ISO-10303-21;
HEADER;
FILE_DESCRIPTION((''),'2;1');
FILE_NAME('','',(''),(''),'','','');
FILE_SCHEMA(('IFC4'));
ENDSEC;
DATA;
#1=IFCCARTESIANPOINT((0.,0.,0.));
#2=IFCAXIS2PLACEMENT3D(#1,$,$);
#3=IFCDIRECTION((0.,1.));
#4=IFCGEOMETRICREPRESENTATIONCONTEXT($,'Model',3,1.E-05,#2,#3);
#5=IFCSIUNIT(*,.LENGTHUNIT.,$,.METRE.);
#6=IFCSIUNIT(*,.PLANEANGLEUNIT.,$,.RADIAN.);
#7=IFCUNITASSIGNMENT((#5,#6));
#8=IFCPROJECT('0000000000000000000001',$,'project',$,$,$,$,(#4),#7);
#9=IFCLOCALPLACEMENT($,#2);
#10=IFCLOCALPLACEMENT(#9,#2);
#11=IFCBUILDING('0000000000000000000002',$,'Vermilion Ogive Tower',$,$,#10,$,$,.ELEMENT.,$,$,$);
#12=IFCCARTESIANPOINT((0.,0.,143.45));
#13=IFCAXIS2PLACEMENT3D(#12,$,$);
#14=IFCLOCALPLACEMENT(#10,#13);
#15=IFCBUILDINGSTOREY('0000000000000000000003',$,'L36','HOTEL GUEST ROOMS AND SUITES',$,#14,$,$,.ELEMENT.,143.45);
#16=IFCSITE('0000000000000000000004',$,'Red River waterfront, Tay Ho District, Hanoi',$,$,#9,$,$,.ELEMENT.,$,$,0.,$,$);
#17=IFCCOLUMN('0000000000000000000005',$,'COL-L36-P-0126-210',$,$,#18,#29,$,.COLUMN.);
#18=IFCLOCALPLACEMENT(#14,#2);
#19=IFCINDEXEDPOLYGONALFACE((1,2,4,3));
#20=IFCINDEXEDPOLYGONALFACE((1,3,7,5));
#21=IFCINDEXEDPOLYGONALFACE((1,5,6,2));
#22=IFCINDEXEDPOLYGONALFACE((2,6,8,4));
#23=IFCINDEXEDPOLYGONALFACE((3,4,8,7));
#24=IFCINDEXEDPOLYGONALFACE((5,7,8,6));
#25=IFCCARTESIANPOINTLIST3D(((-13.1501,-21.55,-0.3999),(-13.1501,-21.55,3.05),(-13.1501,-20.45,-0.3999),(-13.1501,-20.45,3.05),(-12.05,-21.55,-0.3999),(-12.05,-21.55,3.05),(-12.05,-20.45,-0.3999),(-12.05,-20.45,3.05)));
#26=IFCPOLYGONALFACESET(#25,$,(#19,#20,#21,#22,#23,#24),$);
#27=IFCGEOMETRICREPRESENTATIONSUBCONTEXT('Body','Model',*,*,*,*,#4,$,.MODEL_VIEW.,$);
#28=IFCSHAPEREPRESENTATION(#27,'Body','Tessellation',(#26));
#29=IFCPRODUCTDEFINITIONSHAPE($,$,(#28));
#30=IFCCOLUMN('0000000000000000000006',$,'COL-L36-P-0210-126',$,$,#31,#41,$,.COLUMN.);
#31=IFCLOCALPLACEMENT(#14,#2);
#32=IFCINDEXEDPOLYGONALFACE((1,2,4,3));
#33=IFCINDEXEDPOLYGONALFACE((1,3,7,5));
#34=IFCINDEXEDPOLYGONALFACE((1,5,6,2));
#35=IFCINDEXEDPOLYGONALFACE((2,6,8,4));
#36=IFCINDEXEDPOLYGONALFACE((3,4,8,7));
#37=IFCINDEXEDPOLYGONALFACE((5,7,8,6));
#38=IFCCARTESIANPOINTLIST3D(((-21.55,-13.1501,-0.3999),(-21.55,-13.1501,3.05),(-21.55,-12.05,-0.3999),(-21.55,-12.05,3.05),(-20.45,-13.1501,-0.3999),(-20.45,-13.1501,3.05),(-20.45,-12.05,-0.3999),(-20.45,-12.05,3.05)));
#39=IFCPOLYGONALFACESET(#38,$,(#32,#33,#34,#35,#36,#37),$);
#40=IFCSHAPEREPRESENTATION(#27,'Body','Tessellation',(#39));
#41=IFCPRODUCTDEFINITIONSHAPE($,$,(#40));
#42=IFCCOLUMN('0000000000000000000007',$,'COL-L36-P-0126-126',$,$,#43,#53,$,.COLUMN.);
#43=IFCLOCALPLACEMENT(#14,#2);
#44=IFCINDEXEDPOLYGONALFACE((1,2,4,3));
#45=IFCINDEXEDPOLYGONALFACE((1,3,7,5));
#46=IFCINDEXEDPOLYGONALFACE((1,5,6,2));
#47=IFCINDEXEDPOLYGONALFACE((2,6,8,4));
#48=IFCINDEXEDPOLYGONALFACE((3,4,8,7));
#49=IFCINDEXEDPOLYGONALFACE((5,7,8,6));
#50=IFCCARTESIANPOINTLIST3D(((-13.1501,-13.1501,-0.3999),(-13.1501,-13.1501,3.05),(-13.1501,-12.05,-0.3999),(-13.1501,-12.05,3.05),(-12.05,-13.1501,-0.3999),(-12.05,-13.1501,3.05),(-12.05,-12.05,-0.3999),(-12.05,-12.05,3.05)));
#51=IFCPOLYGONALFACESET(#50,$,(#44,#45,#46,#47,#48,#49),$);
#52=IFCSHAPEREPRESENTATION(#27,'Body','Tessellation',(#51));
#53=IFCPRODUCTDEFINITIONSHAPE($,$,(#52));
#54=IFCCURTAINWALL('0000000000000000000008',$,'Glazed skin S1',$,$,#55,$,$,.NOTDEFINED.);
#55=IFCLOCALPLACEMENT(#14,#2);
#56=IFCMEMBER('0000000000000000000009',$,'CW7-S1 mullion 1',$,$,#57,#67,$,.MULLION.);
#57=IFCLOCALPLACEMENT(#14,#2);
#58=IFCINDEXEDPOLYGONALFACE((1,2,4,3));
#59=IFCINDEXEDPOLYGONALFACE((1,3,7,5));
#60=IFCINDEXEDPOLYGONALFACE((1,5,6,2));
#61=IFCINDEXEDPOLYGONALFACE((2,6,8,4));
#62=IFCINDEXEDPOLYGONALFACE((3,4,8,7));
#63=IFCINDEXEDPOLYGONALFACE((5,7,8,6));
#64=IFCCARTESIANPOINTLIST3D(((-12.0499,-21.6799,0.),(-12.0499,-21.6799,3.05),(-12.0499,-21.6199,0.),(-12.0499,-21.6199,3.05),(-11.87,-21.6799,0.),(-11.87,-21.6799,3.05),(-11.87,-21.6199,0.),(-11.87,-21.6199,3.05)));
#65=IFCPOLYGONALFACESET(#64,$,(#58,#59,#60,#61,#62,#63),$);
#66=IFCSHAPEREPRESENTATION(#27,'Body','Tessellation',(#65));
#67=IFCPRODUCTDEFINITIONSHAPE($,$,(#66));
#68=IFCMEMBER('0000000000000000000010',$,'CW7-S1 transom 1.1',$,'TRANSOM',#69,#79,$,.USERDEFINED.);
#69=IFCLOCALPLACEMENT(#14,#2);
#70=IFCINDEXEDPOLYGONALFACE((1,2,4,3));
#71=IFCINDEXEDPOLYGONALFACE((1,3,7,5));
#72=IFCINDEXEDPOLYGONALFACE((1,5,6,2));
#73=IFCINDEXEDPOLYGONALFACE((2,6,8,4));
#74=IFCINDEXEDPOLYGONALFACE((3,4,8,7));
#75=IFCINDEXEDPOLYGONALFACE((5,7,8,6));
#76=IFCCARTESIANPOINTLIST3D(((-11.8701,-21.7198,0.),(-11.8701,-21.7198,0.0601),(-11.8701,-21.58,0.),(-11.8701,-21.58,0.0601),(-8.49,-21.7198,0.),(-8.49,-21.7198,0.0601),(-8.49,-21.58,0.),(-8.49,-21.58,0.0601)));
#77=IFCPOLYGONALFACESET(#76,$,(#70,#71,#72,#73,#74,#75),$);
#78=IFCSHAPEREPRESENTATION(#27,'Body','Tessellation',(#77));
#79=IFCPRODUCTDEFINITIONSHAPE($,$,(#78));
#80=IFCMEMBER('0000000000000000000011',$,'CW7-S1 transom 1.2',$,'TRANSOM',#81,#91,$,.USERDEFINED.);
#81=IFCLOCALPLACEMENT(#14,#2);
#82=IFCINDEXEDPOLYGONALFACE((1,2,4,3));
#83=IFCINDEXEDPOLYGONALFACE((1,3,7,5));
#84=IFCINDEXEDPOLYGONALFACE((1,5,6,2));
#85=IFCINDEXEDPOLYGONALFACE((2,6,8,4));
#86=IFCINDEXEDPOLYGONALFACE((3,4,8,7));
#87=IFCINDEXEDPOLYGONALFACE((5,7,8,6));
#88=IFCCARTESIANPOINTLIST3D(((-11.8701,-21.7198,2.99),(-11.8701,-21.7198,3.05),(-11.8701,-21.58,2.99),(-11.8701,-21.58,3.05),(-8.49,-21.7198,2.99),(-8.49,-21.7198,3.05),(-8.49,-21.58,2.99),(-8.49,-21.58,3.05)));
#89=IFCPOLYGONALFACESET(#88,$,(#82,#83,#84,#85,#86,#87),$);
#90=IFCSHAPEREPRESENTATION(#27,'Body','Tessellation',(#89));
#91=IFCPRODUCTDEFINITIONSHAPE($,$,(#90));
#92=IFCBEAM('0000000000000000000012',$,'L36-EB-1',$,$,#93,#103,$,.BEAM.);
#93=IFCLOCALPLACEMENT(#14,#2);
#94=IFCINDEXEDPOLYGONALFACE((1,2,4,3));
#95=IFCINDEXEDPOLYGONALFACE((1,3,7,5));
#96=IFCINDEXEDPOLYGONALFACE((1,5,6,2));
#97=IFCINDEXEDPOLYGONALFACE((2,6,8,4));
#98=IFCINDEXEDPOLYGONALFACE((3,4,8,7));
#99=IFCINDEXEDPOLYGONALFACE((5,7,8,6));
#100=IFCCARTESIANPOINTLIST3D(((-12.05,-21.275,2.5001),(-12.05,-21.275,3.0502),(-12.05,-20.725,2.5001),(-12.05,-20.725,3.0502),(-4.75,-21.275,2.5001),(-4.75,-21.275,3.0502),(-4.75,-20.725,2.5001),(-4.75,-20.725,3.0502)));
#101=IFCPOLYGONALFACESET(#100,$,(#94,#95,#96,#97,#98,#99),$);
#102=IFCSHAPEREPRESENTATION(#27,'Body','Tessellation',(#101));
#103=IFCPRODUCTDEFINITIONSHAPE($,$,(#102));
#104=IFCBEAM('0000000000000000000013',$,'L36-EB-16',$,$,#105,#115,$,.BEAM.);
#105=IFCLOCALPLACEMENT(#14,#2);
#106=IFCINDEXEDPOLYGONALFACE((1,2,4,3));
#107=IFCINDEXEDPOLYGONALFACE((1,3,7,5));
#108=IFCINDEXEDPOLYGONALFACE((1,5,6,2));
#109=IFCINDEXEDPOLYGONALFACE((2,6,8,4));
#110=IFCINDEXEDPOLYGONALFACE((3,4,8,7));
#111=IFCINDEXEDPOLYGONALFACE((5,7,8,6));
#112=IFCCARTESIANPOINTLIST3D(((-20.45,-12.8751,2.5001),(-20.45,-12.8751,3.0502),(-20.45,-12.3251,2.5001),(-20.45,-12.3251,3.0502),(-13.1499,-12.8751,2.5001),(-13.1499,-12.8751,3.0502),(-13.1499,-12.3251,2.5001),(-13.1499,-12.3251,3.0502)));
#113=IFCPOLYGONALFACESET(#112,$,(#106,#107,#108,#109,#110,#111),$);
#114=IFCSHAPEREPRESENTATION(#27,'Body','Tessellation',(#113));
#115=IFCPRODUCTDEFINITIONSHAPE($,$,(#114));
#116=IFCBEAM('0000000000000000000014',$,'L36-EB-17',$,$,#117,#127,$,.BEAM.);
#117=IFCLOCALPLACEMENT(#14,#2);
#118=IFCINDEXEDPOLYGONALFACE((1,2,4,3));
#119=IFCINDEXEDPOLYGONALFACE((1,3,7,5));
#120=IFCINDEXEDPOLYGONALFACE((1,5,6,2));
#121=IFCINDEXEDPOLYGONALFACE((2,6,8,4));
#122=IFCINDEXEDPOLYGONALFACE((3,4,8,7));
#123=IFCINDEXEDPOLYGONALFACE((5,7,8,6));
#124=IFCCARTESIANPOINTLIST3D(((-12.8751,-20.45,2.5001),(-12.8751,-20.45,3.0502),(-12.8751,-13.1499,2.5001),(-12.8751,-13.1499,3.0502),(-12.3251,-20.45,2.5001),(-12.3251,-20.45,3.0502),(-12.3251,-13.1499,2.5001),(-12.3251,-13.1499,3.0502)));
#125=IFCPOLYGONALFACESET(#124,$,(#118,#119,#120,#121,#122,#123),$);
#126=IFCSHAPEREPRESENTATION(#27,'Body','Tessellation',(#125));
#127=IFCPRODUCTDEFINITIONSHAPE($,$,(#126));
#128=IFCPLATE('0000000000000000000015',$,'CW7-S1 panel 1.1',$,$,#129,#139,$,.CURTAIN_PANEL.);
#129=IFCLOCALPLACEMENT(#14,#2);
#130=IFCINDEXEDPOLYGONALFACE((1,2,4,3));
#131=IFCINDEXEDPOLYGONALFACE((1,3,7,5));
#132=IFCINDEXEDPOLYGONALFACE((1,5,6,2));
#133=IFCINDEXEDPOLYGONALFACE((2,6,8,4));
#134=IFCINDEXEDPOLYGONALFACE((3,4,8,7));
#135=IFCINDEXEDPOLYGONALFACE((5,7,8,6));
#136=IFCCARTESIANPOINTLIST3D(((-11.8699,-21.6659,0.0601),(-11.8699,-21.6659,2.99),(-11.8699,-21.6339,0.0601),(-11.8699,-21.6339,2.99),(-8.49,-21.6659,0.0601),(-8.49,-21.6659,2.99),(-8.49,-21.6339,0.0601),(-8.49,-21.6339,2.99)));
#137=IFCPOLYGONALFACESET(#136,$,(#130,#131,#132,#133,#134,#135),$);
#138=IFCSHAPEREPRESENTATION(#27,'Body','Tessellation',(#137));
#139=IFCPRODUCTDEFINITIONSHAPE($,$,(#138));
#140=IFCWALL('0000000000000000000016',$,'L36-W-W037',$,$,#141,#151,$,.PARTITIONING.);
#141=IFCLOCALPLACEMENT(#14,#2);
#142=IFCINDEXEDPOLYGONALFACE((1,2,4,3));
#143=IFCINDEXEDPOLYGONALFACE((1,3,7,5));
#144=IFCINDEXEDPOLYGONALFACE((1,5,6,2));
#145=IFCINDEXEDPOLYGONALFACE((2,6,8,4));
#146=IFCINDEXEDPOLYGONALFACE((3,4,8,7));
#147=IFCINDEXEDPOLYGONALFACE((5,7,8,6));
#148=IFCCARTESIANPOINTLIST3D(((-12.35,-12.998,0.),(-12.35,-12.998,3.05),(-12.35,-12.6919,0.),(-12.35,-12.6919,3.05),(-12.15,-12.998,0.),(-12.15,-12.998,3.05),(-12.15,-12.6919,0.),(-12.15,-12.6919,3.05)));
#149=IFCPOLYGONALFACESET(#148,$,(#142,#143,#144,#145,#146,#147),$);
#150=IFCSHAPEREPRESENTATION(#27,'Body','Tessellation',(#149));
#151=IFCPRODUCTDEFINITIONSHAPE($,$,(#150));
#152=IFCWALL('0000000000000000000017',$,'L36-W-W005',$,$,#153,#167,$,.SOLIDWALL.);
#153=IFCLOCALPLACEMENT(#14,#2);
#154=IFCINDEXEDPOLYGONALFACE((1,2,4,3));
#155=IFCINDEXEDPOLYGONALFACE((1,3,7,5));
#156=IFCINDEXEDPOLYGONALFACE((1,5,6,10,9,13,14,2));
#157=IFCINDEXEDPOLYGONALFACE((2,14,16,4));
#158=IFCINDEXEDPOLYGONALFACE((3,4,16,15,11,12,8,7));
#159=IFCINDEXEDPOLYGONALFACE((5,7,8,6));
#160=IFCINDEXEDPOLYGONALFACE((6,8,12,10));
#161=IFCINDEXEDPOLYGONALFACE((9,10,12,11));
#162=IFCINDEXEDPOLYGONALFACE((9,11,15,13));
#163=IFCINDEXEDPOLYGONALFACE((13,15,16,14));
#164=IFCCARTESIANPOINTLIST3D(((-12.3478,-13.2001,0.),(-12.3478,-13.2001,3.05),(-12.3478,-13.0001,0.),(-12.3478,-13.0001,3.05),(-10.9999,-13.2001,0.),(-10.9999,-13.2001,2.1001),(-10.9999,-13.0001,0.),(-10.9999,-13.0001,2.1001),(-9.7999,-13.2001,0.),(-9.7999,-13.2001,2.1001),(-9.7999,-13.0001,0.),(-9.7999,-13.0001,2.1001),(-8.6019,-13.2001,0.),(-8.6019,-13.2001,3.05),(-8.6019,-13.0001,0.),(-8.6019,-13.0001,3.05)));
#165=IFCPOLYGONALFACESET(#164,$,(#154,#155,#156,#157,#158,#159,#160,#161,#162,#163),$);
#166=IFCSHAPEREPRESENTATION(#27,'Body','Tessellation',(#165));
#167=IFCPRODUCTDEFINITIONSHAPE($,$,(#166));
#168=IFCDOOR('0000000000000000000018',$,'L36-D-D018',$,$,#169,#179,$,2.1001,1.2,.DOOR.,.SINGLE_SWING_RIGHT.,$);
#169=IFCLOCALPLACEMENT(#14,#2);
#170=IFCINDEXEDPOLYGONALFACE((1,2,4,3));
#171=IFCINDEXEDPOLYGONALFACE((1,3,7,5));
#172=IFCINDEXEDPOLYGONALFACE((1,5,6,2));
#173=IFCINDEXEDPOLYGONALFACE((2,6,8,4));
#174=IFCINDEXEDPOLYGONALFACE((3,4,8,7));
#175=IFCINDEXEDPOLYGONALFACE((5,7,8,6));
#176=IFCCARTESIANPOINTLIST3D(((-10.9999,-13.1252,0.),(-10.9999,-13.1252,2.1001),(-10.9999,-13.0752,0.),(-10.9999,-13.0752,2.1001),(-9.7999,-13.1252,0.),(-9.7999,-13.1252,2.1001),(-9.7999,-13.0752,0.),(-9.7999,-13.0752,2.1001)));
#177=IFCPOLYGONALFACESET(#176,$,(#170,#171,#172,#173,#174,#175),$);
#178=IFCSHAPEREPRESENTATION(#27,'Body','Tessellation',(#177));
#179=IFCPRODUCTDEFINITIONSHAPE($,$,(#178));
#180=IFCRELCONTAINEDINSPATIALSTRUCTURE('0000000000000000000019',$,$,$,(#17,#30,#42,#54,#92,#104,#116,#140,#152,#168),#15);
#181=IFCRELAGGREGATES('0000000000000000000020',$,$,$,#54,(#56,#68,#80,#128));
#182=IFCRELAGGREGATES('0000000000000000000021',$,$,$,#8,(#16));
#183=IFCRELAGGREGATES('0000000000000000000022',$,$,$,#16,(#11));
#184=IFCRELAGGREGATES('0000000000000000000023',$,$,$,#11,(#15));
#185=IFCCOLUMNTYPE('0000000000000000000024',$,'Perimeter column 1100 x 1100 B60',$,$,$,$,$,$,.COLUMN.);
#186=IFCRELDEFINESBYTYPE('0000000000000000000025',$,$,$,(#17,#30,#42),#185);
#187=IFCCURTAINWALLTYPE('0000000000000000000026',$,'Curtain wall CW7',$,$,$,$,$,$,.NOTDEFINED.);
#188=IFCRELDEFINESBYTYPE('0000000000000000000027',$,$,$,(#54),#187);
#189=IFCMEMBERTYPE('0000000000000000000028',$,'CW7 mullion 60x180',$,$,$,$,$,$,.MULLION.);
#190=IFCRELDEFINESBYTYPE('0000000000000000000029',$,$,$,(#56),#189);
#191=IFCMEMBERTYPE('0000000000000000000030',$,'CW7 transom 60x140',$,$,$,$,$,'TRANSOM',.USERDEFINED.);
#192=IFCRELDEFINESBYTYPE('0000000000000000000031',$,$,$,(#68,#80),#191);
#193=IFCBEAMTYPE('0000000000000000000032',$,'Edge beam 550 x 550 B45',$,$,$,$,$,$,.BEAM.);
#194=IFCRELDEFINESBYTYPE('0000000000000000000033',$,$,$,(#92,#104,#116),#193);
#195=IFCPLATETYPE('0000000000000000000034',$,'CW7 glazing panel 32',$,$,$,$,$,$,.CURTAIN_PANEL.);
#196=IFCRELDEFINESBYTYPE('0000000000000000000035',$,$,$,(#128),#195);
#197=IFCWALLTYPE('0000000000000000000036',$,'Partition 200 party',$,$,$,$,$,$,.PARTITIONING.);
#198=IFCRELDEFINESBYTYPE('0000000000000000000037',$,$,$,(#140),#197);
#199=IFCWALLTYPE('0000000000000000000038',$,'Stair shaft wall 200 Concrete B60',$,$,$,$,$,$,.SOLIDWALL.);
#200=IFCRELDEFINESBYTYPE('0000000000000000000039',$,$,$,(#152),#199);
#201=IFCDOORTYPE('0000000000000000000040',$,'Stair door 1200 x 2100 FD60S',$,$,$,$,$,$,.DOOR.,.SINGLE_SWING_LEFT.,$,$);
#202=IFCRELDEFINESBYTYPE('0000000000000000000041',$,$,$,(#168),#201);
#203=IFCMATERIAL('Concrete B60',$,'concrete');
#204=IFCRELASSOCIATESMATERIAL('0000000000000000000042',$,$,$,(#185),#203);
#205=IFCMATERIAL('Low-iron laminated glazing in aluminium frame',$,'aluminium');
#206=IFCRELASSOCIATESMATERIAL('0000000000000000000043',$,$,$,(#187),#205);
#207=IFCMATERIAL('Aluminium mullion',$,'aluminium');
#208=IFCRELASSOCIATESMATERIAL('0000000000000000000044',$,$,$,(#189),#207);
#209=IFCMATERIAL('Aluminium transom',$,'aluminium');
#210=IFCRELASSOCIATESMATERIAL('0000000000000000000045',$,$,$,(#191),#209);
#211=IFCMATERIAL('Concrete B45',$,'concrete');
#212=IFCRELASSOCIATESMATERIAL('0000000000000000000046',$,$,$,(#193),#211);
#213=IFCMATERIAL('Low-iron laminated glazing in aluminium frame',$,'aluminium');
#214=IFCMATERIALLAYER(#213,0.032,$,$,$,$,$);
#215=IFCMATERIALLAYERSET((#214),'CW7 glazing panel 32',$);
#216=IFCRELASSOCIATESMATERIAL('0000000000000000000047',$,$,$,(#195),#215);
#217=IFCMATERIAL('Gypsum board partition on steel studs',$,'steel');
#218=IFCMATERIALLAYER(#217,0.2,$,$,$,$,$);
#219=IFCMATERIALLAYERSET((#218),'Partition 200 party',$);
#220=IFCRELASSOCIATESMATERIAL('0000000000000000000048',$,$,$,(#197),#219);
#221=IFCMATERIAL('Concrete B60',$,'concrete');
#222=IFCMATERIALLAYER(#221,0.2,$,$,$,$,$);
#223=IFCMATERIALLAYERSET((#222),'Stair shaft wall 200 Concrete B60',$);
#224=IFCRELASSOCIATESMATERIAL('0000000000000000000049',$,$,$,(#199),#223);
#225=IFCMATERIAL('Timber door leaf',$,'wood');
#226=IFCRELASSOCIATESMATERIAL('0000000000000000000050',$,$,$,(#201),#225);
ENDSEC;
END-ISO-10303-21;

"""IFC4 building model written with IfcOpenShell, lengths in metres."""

from ifc_helpers import new_model, si_unit, direction, frame, frame_2d, origin, origin_2d, place, context, subcontext, project, spatial, rectangle, extrude, material, layer, layer_set, material_profile, profile_set, type_object, element, fill, aggregate, save


model = new_model("IFC4")

# Units and contexts
model_context = context("Model", 3, precision=1e-05, world=origin(), true_north=direction((0.0, 1.0)))
body_context = subcontext(model_context, "Body", "Model", "MODEL_VIEW")
ifc_project = project(units=[si_unit("LENGTHUNIT", "METRE"), si_unit("PLANEANGLEUNIT", "RADIAN")], contexts=[model_context])

# Site, building, storey
site_placement = place(None, origin())
site = spatial("IfcSite", under=ifc_project, at=site_placement, Name="Red River waterfront, Tay Ho District, Hanoi", CompositionType="ELEMENT", RefElevation=0.0)
building_placement = place(site_placement, origin())
building = spatial("IfcBuilding", under=site, at=building_placement, Name="Vermilion Ogive Tower", CompositionType="ELEMENT")
storey_placement = place(building_placement, frame((0.0, 0.0, 143.45)))
storey = spatial("IfcBuildingStorey", under=building, at=storey_placement, Name="L36", Description="HOTEL GUEST ROOMS AND SUITES", CompositionType="ELEMENT", Elevation=143.45)

# Columns
ifc_material_1 = material(Name="Concrete B60", Category="concrete")
ifc_material_profile_1 = material_profile(ifc_material_1, rectangle(XDim=1.1001, YDim=1.1001, at=origin_2d()), Name="1100 x 1100")
ifc_profile_set_1 = profile_set([ifc_material_profile_1], Name="Concrete B60")
column_type = type_object("IfcColumnType", Name="Perimeter column 1100 x 1100 B60", PredefinedType="COLUMN", material=ifc_profile_set_1)
for number, where, z_axis, x_axis, name in (
    (1, (-12.6001, -21.0, -0.3999), (0.0, 0.0, 1.0), (1.0, 0.0, 0.0), "COL-L36-P-0126-210"),
    (2, (-21.0, -12.6001, -0.3999), (0.0, 0.0, 1.0), (1.0, 0.0, 0.0), "COL-L36-P-0210-126"),
    (3, (-12.6001, -12.6001, -0.3999), (0.0, 0.0, 1.0), (1.0, 0.0, 0.0), "COL-L36-P-0126-126"),
):
    element("IfcColumn", number, at=place(storey_placement, frame(where, z_axis=z_axis, x_axis=x_axis)), inside=storey, type_object=column_type, Name=name, PredefinedType="COLUMN", context=body_context, shape_type="SweptSolid", body=[
        extrude(rectangle(XDim=1.1001, YDim=1.1001, at=origin_2d()), origin(), (0.0, 0.0, 1.0), 3.45),
    ])

# Curtain wall, members
ifc_material_2 = material(Name="Low-iron laminated glazing in aluminium frame", Category="aluminium")
curtain_wall_type = type_object("IfcCurtainWallType", Name="Curtain wall CW7", PredefinedType="NOTDEFINED", material=ifc_material_2)
curtain_wall_placement = place(storey_placement, origin())
curtain_wall = element("IfcCurtainWall", 4, at=curtain_wall_placement, inside=storey, type_object=curtain_wall_type, Name="Glazed skin S1", PredefinedType="NOTDEFINED")
ifc_material_3 = material(Name="Aluminium mullion", Category="aluminium")
ifc_material_profile_2 = material_profile(ifc_material_3, rectangle(XDim=0.0601, YDim=0.1799, at=origin_2d()), Name="AL 60x180")
ifc_profile_set_2 = profile_set([ifc_material_profile_2], Name="Aluminium mullion")
member_type_1 = type_object("IfcMemberType", Name="CW7 mullion 60x180", PredefinedType="MULLION", material=ifc_profile_set_2)
member_1_placement = place(storey_placement, frame((-11.96, -21.6499, 0.0), z_axis=(0.0, 0.0, 1.0), x_axis=(0.0, 1.0, 0.0)))
member_1 = element("IfcMember", 5, at=member_1_placement, type_object=member_type_1, Name="CW7-S1 mullion 1", PredefinedType="MULLION", context=body_context, shape_type="SweptSolid", body=[
    extrude(rectangle(XDim=0.0601, YDim=0.1799, at=origin_2d()), origin(), (0.0, 0.0, 1.0), 3.05),
])
ifc_material_4 = material(Name="Aluminium transom", Category="aluminium")
ifc_material_profile_3 = material_profile(ifc_material_4, rectangle(XDim=0.1399, YDim=0.0601, at=origin_2d()), Name="AL 60x140")
ifc_profile_set_3 = profile_set([ifc_material_profile_3], Name="Aluminium transom")
member_type_2 = type_object("IfcMemberType", Name="CW7 transom 60x140", ElementType="TRANSOM", PredefinedType="USERDEFINED", material=ifc_profile_set_3)
member_2_placement = place(storey_placement, frame((-11.8701, -21.6499, 0.03), z_axis=(1.0, 0.0, 0.0), x_axis=(0.0, 1.0, 0.0)))
member_2 = element("IfcMember", 6, at=member_2_placement, type_object=member_type_2, Name="CW7-S1 transom 1.1", ObjectType="TRANSOM", PredefinedType="USERDEFINED", context=body_context, shape_type="SweptSolid", body=[
    extrude(rectangle(XDim=0.1399, YDim=0.0601, at=origin_2d()), origin(), (0.0, 0.0, 1.0), 3.3801),
])
member_3_placement = place(storey_placement, frame((-11.8701, -21.6499, 3.02), z_axis=(1.0, 0.0, 0.0), x_axis=(0.0, 1.0, 0.0)))
member_3 = element("IfcMember", 7, at=member_3_placement, type_object=member_type_2, Name="CW7-S1 transom 1.2", ObjectType="TRANSOM", PredefinedType="USERDEFINED", context=body_context, shape_type="SweptSolid", body=[
    extrude(rectangle(XDim=0.1399, YDim=0.0601, at=origin_2d()), origin(), (0.0, 0.0, 1.0), 3.3801),
])

# Beams
ifc_material_5 = material(Name="Concrete B45", Category="concrete")
ifc_material_profile_4 = material_profile(ifc_material_5, rectangle(XDim=0.55, YDim=0.55, at=origin_2d()), Name="550 x 550")
ifc_profile_set_4 = profile_set([ifc_material_profile_4], Name="Concrete B45")
beam_type = type_object("IfcBeamType", Name="Edge beam 550 x 550 B45", PredefinedType="BEAM", material=ifc_profile_set_4)
for number, where, z_axis, x_axis, name in (
    (8, (-12.05, -21.0, 2.7751), (1.0, 0.0, 0.0), (0.0, 1.0, 0.0), "L36-EB-1"),
    (9, (-20.45, -12.6001, 2.7751), (1.0, 0.0, 0.0), (0.0, 1.0, 0.0), "L36-EB-16"),
    (10, (-12.6001, -13.1499, 2.7751), (0.0, -1.0, 0.0), (1.0, 0.0, 0.0), "L36-EB-17"),
):
    element("IfcBeam", number, at=place(storey_placement, frame(where, z_axis=z_axis, x_axis=x_axis)), inside=storey, type_object=beam_type, Name=name, PredefinedType="BEAM", context=body_context, shape_type="SweptSolid", body=[
        extrude(rectangle(XDim=0.55, YDim=0.55, at=origin_2d()), origin(), (0.0, 0.0, 1.0), 7.3),
    ])

# Plate
ifc_material_6 = material(Name="Low-iron laminated glazing in aluminium frame", Category="aluminium")
ifc_layer_1 = layer(ifc_material_6, 0.032)
ifc_layer_set_1 = layer_set([ifc_layer_1], Name="CW7 glazing panel 32")
plate_type = type_object("IfcPlateType", Name="CW7 glazing panel 32", PredefinedType="CURTAIN_PANEL", material=ifc_layer_set_1)
plate_placement = place(storey_placement, frame((-10.1799, -21.6499, 0.0601), z_axis=(0.0, 0.0, 1.0), x_axis=(1.0, 0.0, 0.0)))
plate = element("IfcPlate", 11, at=plate_placement, type_object=plate_type, Name="CW7-S1 panel 1.1", PredefinedType="CURTAIN_PANEL", context=body_context, shape_type="SweptSolid", body=[
    extrude(rectangle(XDim=3.3799, YDim=0.032, at=origin_2d()), origin(), (0.0, 0.0, 1.0), 2.9299),
])
aggregate(curtain_wall, [member_1, member_2, member_3, plate])

# Wall
ifc_material_7 = material(Name="Gypsum board partition on steel studs", Category="steel")
ifc_layer_2 = layer(ifc_material_7, 0.2)
ifc_layer_set_2 = layer_set([ifc_layer_2], Name="Partition 200 party")
wall_type_1 = type_object("IfcWallType", Name="Partition 200 party", PredefinedType="PARTITIONING", material=ifc_layer_set_2)
wall_1_placement = place(storey_placement, frame((-12.25, -12.998, 0.0), z_axis=(0.0, 0.0, 1.0), x_axis=(0.0, 1.0, 0.0)))
element("IfcWall", 12, at=wall_1_placement, inside=storey, type_object=wall_type_1, Name="L36-W-W037", PredefinedType="PARTITIONING", context=body_context, shape_type="SweptSolid", body=[
    extrude(rectangle(XDim=0.3062, YDim=0.2, at=frame_2d((0.1531, 0.0))), origin(), (0.0, 0.0, 1.0), 3.05),
])

# Wall, opening, door
ifc_material_8 = material(Name="Concrete B60", Category="concrete")
ifc_layer_3 = layer(ifc_material_8, 0.2)
ifc_layer_set_3 = layer_set([ifc_layer_3], Name="Stair shaft wall 200 Concrete B60")
wall_type_2 = type_object("IfcWallType", Name="Stair shaft wall 200 Concrete B60", PredefinedType="SOLIDWALL", material=ifc_layer_set_3)
wall_2_placement = place(storey_placement, frame((-12.3479, -13.1001, 0.0), z_axis=(0.0, 0.0, 1.0), x_axis=(1.0, 0.0, 0.0)))
wall_2 = element("IfcWall", 13, at=wall_2_placement, inside=storey, type_object=wall_type_2, Name="L36-W-W005", PredefinedType="SOLIDWALL", context=body_context, shape_type="SweptSolid", body=[
    extrude(rectangle(XDim=3.7458, YDim=0.2, at=frame_2d((1.873, 0.0))), origin(), (0.0, 0.0, 1.0), 3.05),
])
opening_1_placement = place(wall_2_placement, frame((1.3479, 0.0, 0.0)))
opening_1 = element("IfcOpeningElement", 14, at=opening_1_placement, cuts=wall_2, PredefinedType="OPENING", context=body_context, shape_type="SweptSolid", body=[
    extrude(rectangle(XDim=1.2, YDim=2.1001, at=frame_2d((0.6001, 1.05))), frame((0.0, 0.1099, 0.0), z_axis=(0.0, -1.0, 0.0), x_axis=(1.0, 0.0, 0.0)), (0.0, 0.0, 1.0), 0.22),
])
ifc_material_9 = material(Name="Timber door leaf", Category="wood")
door_type = type_object("IfcDoorType", Name="Stair door 1200 x 2100 FD60S", OperationType="SINGLE_SWING_LEFT", PredefinedType="DOOR", material=ifc_material_9)
door_placement = place(opening_1_placement, origin())
door = element("IfcDoor", 15, at=door_placement, inside=storey, type_object=door_type, Name="L36-D-D018", OperationType="SINGLE_SWING_RIGHT", OverallHeight=2.1001, OverallWidth=1.2, PredefinedType="DOOR", context=body_context, shape_type="SweptSolid", body=[
    extrude(rectangle(XDim=1.2, YDim=2.1001, at=frame_2d((0.6001, 1.05))), frame((0.0, 0.0249, 0.0), z_axis=(0.0, -1.0, 0.0), x_axis=(1.0, 0.0, 0.0)), (0.0, 0.0, 1.0), 0.05),
])
fill(opening_1, door)

save(model, "model.ifc")
